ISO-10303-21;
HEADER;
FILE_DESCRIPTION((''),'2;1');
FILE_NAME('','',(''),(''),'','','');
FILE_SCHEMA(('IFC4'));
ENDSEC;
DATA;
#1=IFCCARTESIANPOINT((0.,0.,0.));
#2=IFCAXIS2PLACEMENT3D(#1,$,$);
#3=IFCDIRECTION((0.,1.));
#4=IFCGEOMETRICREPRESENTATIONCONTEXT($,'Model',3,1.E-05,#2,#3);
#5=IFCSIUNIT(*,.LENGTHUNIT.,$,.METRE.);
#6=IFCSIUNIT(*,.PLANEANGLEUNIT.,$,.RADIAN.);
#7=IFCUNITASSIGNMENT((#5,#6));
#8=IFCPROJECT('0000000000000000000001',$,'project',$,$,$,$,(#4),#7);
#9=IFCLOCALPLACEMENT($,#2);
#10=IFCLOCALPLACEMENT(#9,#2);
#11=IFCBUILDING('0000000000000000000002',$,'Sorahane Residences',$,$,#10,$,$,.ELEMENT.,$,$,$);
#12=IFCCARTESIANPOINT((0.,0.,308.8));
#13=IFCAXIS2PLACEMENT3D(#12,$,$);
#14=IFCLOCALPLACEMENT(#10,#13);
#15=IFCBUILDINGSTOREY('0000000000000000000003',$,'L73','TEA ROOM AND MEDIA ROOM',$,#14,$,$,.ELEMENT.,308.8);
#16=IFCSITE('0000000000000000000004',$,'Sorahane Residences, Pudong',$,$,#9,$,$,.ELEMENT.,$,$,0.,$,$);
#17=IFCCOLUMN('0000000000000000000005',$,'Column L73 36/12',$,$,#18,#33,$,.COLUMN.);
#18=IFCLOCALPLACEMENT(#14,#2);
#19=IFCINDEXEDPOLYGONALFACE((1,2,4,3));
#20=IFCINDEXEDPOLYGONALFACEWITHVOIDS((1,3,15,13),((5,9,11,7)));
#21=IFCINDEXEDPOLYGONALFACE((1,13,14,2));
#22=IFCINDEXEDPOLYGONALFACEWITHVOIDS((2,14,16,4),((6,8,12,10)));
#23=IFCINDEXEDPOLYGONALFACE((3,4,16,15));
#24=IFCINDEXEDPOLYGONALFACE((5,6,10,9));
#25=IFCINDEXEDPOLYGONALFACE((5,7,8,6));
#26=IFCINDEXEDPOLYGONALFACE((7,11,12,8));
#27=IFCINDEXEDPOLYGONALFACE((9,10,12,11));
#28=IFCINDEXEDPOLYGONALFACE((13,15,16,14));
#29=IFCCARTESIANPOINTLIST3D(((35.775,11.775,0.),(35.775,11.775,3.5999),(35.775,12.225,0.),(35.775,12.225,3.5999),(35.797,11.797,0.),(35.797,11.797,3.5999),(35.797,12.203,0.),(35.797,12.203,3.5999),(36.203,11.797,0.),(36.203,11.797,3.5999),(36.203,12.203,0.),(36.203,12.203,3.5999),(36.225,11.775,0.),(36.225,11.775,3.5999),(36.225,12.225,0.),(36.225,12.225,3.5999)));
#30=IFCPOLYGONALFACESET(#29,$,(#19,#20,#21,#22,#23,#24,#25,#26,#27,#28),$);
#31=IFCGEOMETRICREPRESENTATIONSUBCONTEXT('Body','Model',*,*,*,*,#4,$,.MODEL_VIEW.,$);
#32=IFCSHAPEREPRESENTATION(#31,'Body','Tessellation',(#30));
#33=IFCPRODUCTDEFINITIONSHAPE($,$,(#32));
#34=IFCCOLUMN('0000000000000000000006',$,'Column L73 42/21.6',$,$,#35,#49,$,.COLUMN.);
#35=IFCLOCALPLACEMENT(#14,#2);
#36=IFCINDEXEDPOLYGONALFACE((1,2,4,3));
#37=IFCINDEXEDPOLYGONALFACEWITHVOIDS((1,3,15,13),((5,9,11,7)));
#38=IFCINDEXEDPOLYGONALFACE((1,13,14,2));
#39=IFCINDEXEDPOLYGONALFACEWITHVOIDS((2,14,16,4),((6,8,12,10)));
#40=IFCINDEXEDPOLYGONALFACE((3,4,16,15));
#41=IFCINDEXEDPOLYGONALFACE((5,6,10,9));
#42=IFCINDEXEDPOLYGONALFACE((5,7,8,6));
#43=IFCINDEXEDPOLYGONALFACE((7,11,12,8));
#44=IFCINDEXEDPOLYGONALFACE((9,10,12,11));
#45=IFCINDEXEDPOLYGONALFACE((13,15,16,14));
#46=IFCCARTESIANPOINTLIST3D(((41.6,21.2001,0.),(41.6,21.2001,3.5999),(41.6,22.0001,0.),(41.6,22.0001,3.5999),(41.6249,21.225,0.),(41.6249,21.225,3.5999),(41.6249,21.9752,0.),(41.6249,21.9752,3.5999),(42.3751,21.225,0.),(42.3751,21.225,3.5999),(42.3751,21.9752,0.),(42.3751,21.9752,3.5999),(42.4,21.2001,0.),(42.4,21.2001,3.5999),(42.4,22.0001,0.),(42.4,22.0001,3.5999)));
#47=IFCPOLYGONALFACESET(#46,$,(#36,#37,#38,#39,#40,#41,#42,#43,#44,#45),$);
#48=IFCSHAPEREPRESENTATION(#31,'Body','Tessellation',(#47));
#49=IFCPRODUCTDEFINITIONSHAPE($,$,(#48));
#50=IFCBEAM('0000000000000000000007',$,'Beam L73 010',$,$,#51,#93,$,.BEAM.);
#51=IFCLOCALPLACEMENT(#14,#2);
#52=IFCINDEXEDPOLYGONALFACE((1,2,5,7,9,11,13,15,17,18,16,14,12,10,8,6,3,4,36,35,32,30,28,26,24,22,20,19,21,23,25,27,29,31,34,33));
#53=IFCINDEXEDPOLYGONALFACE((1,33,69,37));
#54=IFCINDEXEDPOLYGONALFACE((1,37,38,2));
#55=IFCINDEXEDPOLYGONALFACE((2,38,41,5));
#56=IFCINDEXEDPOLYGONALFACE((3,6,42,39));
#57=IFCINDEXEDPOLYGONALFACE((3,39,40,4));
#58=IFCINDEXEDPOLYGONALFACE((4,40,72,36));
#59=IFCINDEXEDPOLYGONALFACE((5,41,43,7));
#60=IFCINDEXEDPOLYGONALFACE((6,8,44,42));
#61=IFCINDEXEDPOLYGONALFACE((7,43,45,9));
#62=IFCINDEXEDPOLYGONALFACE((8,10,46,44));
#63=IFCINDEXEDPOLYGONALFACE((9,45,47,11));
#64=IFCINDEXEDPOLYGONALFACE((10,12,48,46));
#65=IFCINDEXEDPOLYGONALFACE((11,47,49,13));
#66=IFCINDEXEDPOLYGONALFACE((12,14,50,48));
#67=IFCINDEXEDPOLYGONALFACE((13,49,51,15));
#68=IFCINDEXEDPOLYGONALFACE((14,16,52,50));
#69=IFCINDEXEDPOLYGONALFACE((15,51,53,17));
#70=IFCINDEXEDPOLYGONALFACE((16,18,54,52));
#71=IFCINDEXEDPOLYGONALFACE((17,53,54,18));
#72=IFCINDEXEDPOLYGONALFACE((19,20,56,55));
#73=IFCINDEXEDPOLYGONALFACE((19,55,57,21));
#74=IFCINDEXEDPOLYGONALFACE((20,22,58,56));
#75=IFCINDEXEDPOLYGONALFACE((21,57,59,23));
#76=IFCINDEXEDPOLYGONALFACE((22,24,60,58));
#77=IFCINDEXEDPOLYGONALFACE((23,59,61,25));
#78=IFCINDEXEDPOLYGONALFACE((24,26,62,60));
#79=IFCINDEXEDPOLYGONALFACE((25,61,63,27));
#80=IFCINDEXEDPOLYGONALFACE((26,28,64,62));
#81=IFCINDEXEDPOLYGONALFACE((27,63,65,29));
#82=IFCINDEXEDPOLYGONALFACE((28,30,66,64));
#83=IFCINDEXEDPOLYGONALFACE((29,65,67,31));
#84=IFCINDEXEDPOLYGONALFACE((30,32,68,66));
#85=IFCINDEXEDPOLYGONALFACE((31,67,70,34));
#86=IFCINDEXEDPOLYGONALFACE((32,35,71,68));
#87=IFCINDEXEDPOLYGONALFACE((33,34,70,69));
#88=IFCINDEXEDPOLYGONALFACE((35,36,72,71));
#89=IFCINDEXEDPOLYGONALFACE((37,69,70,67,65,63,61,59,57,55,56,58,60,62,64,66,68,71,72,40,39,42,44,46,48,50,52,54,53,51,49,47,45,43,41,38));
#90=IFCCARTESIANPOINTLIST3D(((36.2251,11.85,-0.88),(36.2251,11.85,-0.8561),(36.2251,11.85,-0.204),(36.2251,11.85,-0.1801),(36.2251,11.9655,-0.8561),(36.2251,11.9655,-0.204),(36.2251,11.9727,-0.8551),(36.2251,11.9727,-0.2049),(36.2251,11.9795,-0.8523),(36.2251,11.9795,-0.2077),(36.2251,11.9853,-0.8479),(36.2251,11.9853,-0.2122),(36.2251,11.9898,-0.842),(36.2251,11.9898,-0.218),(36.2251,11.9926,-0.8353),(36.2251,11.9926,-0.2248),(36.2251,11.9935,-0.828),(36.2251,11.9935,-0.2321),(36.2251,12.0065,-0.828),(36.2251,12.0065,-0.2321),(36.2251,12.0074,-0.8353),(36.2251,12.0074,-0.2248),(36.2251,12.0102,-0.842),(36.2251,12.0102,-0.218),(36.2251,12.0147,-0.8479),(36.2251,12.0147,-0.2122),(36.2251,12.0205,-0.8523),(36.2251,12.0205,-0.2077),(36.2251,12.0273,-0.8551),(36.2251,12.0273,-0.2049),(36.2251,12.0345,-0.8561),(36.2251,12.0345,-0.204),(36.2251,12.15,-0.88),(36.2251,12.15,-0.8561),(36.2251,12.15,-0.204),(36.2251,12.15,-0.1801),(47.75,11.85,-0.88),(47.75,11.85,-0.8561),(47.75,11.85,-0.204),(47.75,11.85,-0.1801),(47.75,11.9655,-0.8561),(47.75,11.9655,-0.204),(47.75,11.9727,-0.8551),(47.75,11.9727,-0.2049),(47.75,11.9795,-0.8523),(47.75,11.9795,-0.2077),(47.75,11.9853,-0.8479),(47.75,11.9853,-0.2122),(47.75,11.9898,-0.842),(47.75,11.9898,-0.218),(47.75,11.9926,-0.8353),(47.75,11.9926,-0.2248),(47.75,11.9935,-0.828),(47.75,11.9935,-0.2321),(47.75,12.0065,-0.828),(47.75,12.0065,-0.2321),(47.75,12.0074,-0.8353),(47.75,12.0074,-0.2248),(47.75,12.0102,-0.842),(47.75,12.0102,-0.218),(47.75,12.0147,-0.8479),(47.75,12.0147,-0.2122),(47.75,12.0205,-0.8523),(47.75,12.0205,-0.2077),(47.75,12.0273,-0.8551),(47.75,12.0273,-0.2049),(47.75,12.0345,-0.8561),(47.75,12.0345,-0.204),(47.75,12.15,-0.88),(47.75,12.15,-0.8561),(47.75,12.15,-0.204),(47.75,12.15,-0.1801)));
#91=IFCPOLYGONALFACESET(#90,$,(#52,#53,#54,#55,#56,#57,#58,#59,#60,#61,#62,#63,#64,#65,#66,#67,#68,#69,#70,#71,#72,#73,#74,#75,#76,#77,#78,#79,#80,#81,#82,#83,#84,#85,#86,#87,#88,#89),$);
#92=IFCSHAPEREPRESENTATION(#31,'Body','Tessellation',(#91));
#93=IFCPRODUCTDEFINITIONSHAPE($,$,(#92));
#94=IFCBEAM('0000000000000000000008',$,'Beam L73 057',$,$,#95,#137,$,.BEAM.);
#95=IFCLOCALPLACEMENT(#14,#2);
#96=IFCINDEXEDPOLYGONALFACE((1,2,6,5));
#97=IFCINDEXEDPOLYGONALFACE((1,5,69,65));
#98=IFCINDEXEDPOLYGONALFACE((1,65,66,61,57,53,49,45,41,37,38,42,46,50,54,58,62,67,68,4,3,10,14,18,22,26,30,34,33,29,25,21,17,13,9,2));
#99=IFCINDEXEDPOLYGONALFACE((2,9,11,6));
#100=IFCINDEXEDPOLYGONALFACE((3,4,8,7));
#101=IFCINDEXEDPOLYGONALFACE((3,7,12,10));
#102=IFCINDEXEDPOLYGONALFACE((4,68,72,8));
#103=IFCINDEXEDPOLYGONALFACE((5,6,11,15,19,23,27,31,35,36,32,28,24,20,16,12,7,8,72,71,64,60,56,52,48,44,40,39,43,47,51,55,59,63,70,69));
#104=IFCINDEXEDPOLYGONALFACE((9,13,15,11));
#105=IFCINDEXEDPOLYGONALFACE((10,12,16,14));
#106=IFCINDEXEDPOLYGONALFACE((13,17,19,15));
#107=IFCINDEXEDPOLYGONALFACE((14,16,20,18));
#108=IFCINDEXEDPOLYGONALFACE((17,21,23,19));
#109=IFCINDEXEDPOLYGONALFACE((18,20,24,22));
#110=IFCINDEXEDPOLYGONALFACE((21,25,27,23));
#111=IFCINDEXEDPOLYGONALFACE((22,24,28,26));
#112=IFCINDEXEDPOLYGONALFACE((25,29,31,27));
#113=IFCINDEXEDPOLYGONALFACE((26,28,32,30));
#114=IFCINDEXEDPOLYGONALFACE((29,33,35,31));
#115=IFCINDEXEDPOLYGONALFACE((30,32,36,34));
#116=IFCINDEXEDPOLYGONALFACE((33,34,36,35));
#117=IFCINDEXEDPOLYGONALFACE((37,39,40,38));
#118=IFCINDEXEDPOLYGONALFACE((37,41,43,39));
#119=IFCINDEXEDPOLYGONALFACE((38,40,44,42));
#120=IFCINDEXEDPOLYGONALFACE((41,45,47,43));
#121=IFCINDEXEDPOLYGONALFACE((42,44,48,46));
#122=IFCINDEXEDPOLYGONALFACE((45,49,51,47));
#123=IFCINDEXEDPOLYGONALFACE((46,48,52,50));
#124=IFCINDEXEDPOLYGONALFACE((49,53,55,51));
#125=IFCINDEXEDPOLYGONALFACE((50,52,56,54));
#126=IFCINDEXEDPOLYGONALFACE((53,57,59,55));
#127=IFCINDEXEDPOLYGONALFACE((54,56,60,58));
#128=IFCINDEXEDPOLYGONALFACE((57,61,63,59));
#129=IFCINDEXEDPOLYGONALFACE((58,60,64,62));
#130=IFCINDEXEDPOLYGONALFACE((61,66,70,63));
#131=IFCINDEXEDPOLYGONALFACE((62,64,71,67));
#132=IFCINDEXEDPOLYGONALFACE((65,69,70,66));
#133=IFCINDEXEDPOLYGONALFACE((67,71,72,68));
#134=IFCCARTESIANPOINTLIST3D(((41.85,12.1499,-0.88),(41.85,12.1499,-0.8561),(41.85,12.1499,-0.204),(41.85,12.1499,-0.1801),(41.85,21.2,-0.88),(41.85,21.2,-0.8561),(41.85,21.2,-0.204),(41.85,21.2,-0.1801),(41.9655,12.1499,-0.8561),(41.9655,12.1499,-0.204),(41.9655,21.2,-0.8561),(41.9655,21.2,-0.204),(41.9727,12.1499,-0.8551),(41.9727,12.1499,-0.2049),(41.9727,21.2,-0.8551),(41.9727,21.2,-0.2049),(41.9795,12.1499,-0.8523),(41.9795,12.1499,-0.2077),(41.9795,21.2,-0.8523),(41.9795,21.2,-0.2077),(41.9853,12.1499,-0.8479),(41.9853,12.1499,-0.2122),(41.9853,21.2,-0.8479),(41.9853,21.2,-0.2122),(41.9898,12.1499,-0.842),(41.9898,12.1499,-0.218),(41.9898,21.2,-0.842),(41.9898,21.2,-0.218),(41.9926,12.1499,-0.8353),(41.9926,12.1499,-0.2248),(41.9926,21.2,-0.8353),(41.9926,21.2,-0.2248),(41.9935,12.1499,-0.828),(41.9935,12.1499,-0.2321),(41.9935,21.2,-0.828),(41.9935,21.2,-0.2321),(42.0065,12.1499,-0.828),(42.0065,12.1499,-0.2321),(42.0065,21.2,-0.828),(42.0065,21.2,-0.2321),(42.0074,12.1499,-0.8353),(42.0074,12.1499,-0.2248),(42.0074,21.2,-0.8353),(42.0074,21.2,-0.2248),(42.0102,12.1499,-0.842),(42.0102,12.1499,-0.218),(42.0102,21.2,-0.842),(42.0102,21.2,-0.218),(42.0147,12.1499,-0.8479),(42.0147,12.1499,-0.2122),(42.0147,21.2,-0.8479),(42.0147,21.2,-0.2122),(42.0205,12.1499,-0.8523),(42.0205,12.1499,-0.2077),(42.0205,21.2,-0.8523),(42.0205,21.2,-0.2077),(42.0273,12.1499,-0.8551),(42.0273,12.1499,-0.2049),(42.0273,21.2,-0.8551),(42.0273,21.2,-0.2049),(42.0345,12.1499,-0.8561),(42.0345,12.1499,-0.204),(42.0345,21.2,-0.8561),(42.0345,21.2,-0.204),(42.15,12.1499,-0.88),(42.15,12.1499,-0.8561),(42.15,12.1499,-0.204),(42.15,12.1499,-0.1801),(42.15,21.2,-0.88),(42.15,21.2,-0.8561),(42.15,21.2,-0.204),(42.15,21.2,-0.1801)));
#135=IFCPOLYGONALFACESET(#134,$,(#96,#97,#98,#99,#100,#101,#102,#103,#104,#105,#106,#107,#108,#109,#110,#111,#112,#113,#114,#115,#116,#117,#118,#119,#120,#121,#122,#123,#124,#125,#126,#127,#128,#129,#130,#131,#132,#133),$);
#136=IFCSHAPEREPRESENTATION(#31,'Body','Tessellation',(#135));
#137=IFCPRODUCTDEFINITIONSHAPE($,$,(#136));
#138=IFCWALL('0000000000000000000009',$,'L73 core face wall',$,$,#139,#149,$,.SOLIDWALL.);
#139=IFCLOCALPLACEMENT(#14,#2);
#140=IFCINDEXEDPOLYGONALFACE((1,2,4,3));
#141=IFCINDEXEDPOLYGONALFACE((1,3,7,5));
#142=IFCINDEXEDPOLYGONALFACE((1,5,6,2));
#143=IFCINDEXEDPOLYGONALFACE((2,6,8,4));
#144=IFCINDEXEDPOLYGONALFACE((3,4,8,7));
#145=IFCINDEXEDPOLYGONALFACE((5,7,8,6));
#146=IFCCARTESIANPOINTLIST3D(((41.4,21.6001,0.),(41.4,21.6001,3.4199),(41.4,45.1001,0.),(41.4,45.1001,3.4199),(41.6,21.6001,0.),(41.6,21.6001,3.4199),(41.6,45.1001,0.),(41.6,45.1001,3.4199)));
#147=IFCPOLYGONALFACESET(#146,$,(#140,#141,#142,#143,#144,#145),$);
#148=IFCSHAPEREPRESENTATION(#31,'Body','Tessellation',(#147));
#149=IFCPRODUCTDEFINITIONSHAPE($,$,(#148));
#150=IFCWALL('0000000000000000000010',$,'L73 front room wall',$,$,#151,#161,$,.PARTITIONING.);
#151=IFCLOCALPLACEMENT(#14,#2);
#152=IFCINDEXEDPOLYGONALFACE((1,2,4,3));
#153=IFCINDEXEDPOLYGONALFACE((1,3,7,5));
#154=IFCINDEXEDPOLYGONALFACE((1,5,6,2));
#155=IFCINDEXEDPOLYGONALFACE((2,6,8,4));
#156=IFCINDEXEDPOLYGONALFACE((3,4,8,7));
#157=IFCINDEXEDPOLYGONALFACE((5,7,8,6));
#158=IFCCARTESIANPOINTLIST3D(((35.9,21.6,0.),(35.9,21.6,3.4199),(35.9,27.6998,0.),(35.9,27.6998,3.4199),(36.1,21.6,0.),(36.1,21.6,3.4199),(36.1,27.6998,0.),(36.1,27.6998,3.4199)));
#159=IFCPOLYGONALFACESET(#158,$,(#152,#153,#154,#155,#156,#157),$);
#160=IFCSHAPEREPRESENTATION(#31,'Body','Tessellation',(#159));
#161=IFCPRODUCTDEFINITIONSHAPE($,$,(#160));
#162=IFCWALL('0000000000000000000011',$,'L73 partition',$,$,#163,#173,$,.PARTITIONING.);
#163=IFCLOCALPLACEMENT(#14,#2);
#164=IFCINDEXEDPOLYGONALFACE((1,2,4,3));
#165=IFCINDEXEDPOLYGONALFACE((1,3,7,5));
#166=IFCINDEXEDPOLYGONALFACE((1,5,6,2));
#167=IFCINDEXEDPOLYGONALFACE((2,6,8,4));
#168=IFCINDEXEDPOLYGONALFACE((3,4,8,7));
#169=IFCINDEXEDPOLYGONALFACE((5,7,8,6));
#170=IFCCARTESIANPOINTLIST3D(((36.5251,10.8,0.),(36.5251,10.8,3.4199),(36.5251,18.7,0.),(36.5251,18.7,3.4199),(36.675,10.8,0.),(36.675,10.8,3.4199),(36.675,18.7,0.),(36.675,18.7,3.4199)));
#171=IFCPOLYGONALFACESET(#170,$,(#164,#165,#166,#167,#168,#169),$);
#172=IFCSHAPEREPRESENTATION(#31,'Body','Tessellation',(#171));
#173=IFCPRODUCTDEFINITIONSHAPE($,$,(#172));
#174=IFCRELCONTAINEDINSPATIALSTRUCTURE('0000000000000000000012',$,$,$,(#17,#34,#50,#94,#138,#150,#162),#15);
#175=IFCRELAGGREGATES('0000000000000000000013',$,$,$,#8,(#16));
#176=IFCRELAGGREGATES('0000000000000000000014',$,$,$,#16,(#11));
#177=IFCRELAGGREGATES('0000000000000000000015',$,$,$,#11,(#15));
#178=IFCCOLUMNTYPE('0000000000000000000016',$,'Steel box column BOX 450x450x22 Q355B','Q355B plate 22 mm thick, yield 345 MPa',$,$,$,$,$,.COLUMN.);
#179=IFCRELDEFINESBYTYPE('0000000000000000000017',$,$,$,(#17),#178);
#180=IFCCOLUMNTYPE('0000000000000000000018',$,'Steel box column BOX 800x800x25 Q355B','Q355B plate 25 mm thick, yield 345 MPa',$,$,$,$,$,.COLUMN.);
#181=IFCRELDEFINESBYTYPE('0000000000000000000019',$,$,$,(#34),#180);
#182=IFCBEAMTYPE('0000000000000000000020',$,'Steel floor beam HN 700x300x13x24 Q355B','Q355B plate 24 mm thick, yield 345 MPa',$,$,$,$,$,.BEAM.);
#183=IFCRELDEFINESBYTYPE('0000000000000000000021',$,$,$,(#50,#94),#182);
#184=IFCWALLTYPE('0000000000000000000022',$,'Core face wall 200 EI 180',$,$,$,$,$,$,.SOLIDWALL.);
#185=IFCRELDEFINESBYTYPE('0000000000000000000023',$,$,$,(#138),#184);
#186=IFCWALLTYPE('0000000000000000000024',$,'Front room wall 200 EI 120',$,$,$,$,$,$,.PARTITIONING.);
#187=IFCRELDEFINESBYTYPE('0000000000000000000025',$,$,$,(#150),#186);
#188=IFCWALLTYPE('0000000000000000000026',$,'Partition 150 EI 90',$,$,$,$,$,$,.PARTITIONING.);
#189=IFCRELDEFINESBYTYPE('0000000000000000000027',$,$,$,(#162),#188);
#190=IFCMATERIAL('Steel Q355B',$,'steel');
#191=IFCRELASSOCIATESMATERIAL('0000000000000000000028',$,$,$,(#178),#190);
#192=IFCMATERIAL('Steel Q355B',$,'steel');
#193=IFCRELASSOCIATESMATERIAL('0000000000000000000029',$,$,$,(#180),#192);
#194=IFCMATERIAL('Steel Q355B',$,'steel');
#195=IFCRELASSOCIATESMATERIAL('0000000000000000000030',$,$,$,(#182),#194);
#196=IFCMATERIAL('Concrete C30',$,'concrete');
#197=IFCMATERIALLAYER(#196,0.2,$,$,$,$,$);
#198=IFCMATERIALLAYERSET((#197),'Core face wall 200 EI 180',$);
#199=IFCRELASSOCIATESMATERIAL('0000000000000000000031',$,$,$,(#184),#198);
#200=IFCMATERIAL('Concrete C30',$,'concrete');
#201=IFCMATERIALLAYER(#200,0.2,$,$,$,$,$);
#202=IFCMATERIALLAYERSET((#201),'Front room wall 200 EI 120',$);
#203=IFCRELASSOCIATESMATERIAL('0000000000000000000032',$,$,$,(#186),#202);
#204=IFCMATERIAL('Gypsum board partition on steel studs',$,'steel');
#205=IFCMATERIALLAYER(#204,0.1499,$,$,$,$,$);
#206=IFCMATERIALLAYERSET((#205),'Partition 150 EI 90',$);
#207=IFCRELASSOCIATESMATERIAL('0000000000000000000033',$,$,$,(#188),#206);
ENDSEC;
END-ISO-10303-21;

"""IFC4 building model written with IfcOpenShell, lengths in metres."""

from ifc_helpers import new_model, si_unit, direction, frame, frame_2d, origin, origin_2d, place, context, subcontext, project, spatial, rectangle, hollow_rectangle, i_section, extrude, material, layer, layer_set, material_profile, profile_set, type_object, element, save


model = new_model("IFC4")

# Units and contexts
model_context = context("Model", 3, precision=1e-05, world=origin(), true_north=direction((0.0, 1.0)))
body_context = subcontext(model_context, "Body", "Model", "MODEL_VIEW")
ifc_project = project(units=[si_unit("LENGTHUNIT", "METRE"), si_unit("PLANEANGLEUNIT", "RADIAN")], contexts=[model_context])

# Site, building, storey
site_placement = place(None, origin())
site = spatial("IfcSite", under=ifc_project, at=site_placement, Name="Sorahane Residences, Pudong", CompositionType="ELEMENT", RefElevation=0.0)
building_placement = place(site_placement, origin())
building = spatial("IfcBuilding", under=site, at=building_placement, Name="Sorahane Residences", CompositionType="ELEMENT")
storey_placement = place(building_placement, frame((0.0, 0.0, 308.8)))
storey = spatial("IfcBuildingStorey", under=building, at=storey_placement, Name="L73", Description="TEA ROOM AND MEDIA ROOM", CompositionType="ELEMENT", Elevation=308.8)

# Columns
ifc_material_1 = material(Name="Steel Q355B", Category="steel")
ifc_material_profile_1 = material_profile(ifc_material_1, hollow_rectangle(XDim=0.45, YDim=0.45, WallThickness=0.022, at=origin_2d()), Name="BOX 450x450x22")
ifc_profile_set_1 = profile_set([ifc_material_profile_1], Name="Steel Q355B")
column_type_1 = type_object("IfcColumnType", Name="Steel box column BOX 450x450x22 Q355B", Description="Q355B plate 22 mm thick, yield 345 MPa", PredefinedType="COLUMN", material=ifc_profile_set_1)
column_1_placement = place(storey_placement, frame((36.0, 12.0, 0.0), z_axis=(0.0, 0.0, 1.0), x_axis=(1.0, 0.0, 0.0)))
element("IfcColumn", 1, at=column_1_placement, inside=storey, type_object=column_type_1, Name="Column L73 36/12", PredefinedType="COLUMN", context=body_context, shape_type="SweptSolid", body=[
    extrude(hollow_rectangle(XDim=0.45, YDim=0.45, WallThickness=0.022, at=origin_2d()), origin(), (0.0, 0.0, 1.0), 3.5999),
])
ifc_material_2 = material(Name="Steel Q355B", Category="steel")
ifc_material_profile_2 = material_profile(ifc_material_2, hollow_rectangle(XDim=0.8, YDim=0.8, WallThickness=0.0249, at=origin_2d()), Name="BOX 800x800x25")
ifc_profile_set_2 = profile_set([ifc_material_profile_2], Name="Steel Q355B")
column_type_2 = type_object("IfcColumnType", Name="Steel box column BOX 800x800x25 Q355B", Description="Q355B plate 25 mm thick, yield 345 MPa", PredefinedType="COLUMN", material=ifc_profile_set_2)
column_2_placement = place(storey_placement, frame((42.0, 21.6001, 0.0), z_axis=(0.0, 0.0, 1.0), x_axis=(1.0, 0.0, 0.0)))
element("IfcColumn", 2, at=column_2_placement, inside=storey, type_object=column_type_2, Name="Column L73 42/21.6", PredefinedType="COLUMN", context=body_context, shape_type="SweptSolid", body=[
    extrude(hollow_rectangle(XDim=0.8, YDim=0.8, WallThickness=0.0249, at=origin_2d()), origin(), (0.0, 0.0, 1.0), 3.5999),
])

# Beams
ifc_material_3 = material(Name="Steel Q355B", Category="steel")
ifc_material_profile_3 = material_profile(ifc_material_3, i_section(OverallWidth=0.3, OverallDepth=0.7, WebThickness=0.0129, FlangeThickness=0.0239, FilletRadius=0.0281, at=origin_2d()), Name="HN 700x300x13x24")
ifc_profile_set_3 = profile_set([ifc_material_profile_3], Name="Steel Q355B")
beam_type = type_object("IfcBeamType", Name="Steel floor beam HN 700x300x13x24 Q355B", Description="Q355B plate 24 mm thick, yield 345 MPa", PredefinedType="BEAM", material=ifc_profile_set_3)
beam_1_placement = place(storey_placement, frame((36.2251, 12.0, -0.53), z_axis=(1.0, 0.0, 0.0), x_axis=(0.0, 1.0, 0.0)))
element("IfcBeam", 3, at=beam_1_placement, inside=storey, type_object=beam_type, Name="Beam L73 010", PredefinedType="BEAM", context=body_context, shape_type="SweptSolid", body=[
    extrude(i_section(OverallWidth=0.3, OverallDepth=0.7, WebThickness=0.0129, FlangeThickness=0.0239, FilletRadius=0.0281, at=origin_2d()), origin(), (0.0, 0.0, 1.0), 11.5249),
])
beam_2_placement = place(storey_placement, frame((42.0, 12.1499, -0.53), z_axis=(0.0, 1.0, 0.0), x_axis=(-1.0, 0.0, 0.0)))
element("IfcBeam", 4, at=beam_2_placement, inside=storey, type_object=beam_type, Name="Beam L73 057", PredefinedType="BEAM", context=body_context, shape_type="SweptSolid", body=[
    extrude(i_section(OverallWidth=0.3, OverallDepth=0.7, WebThickness=0.0129, FlangeThickness=0.0239, FilletRadius=0.0281, at=origin_2d()), origin(), (0.0, 0.0, 1.0), 9.05),
])

# Walls
ifc_material_4 = material(Name="Concrete C30", Category="concrete")
ifc_layer_1 = layer(ifc_material_4, 0.2)
ifc_layer_set_1 = layer_set([ifc_layer_1], Name="Core face wall 200 EI 180")
wall_type_1 = type_object("IfcWallType", Name="Core face wall 200 EI 180", PredefinedType="SOLIDWALL", material=ifc_layer_set_1)
wall_1_placement = place(storey_placement, frame((41.5, 21.6001, 0.0), z_axis=(0.0, 0.0, 1.0), x_axis=(0.0, 1.0, 0.0)))
element("IfcWall", 5, at=wall_1_placement, inside=storey, type_object=wall_type_1, Name="L73 core face wall", PredefinedType="SOLIDWALL", context=body_context, shape_type="SweptSolid", body=[
    extrude(rectangle(XDim=23.5, YDim=0.2, at=frame_2d((11.75, 0.0))), origin(), (0.0, 0.0, 1.0), 3.4199),
])
ifc_material_5 = material(Name="Concrete C30", Category="concrete")
ifc_layer_2 = layer(ifc_material_5, 0.2)
ifc_layer_set_2 = layer_set([ifc_layer_2], Name="Front room wall 200 EI 120")
wall_type_2 = type_object("IfcWallType", Name="Front room wall 200 EI 120", PredefinedType="PARTITIONING", material=ifc_layer_set_2)
wall_2_placement = place(storey_placement, frame((36.0, 21.6001, 0.0), z_axis=(0.0, 0.0, 1.0), x_axis=(0.0, 1.0, 0.0)))
element("IfcWall", 6, at=wall_2_placement, inside=storey, type_object=wall_type_2, Name="L73 front room wall", PredefinedType="PARTITIONING", context=body_context, shape_type="SweptSolid", body=[
    extrude(rectangle(XDim=6.0999, YDim=0.2, at=frame_2d((3.0498, 0.0))), origin(), (0.0, 0.0, 1.0), 3.4199),
])
ifc_material_6 = material(Name="Gypsum board partition on steel studs", Category="steel")
ifc_layer_3 = layer(ifc_material_6, 0.1499)
ifc_layer_set_3 = layer_set([ifc_layer_3], Name="Partition 150 EI 90")
wall_type_3 = type_object("IfcWallType", Name="Partition 150 EI 90", PredefinedType="PARTITIONING", material=ifc_layer_set_3)
wall_3_placement = place(storey_placement, frame((36.6001, 10.8, 0.0), z_axis=(0.0, 0.0, 1.0), x_axis=(0.0, 1.0, 0.0)))
element("IfcWall", 7, at=wall_3_placement, inside=storey, type_object=wall_type_3, Name="L73 partition", PredefinedType="PARTITIONING", context=body_context, shape_type="SweptSolid", body=[
    extrude(rectangle(XDim=7.8999, YDim=0.1499, at=frame_2d((3.95, 0.0))), origin(), (0.0, 0.0, 1.0), 3.4199),
])

save(model, "model.ifc")
